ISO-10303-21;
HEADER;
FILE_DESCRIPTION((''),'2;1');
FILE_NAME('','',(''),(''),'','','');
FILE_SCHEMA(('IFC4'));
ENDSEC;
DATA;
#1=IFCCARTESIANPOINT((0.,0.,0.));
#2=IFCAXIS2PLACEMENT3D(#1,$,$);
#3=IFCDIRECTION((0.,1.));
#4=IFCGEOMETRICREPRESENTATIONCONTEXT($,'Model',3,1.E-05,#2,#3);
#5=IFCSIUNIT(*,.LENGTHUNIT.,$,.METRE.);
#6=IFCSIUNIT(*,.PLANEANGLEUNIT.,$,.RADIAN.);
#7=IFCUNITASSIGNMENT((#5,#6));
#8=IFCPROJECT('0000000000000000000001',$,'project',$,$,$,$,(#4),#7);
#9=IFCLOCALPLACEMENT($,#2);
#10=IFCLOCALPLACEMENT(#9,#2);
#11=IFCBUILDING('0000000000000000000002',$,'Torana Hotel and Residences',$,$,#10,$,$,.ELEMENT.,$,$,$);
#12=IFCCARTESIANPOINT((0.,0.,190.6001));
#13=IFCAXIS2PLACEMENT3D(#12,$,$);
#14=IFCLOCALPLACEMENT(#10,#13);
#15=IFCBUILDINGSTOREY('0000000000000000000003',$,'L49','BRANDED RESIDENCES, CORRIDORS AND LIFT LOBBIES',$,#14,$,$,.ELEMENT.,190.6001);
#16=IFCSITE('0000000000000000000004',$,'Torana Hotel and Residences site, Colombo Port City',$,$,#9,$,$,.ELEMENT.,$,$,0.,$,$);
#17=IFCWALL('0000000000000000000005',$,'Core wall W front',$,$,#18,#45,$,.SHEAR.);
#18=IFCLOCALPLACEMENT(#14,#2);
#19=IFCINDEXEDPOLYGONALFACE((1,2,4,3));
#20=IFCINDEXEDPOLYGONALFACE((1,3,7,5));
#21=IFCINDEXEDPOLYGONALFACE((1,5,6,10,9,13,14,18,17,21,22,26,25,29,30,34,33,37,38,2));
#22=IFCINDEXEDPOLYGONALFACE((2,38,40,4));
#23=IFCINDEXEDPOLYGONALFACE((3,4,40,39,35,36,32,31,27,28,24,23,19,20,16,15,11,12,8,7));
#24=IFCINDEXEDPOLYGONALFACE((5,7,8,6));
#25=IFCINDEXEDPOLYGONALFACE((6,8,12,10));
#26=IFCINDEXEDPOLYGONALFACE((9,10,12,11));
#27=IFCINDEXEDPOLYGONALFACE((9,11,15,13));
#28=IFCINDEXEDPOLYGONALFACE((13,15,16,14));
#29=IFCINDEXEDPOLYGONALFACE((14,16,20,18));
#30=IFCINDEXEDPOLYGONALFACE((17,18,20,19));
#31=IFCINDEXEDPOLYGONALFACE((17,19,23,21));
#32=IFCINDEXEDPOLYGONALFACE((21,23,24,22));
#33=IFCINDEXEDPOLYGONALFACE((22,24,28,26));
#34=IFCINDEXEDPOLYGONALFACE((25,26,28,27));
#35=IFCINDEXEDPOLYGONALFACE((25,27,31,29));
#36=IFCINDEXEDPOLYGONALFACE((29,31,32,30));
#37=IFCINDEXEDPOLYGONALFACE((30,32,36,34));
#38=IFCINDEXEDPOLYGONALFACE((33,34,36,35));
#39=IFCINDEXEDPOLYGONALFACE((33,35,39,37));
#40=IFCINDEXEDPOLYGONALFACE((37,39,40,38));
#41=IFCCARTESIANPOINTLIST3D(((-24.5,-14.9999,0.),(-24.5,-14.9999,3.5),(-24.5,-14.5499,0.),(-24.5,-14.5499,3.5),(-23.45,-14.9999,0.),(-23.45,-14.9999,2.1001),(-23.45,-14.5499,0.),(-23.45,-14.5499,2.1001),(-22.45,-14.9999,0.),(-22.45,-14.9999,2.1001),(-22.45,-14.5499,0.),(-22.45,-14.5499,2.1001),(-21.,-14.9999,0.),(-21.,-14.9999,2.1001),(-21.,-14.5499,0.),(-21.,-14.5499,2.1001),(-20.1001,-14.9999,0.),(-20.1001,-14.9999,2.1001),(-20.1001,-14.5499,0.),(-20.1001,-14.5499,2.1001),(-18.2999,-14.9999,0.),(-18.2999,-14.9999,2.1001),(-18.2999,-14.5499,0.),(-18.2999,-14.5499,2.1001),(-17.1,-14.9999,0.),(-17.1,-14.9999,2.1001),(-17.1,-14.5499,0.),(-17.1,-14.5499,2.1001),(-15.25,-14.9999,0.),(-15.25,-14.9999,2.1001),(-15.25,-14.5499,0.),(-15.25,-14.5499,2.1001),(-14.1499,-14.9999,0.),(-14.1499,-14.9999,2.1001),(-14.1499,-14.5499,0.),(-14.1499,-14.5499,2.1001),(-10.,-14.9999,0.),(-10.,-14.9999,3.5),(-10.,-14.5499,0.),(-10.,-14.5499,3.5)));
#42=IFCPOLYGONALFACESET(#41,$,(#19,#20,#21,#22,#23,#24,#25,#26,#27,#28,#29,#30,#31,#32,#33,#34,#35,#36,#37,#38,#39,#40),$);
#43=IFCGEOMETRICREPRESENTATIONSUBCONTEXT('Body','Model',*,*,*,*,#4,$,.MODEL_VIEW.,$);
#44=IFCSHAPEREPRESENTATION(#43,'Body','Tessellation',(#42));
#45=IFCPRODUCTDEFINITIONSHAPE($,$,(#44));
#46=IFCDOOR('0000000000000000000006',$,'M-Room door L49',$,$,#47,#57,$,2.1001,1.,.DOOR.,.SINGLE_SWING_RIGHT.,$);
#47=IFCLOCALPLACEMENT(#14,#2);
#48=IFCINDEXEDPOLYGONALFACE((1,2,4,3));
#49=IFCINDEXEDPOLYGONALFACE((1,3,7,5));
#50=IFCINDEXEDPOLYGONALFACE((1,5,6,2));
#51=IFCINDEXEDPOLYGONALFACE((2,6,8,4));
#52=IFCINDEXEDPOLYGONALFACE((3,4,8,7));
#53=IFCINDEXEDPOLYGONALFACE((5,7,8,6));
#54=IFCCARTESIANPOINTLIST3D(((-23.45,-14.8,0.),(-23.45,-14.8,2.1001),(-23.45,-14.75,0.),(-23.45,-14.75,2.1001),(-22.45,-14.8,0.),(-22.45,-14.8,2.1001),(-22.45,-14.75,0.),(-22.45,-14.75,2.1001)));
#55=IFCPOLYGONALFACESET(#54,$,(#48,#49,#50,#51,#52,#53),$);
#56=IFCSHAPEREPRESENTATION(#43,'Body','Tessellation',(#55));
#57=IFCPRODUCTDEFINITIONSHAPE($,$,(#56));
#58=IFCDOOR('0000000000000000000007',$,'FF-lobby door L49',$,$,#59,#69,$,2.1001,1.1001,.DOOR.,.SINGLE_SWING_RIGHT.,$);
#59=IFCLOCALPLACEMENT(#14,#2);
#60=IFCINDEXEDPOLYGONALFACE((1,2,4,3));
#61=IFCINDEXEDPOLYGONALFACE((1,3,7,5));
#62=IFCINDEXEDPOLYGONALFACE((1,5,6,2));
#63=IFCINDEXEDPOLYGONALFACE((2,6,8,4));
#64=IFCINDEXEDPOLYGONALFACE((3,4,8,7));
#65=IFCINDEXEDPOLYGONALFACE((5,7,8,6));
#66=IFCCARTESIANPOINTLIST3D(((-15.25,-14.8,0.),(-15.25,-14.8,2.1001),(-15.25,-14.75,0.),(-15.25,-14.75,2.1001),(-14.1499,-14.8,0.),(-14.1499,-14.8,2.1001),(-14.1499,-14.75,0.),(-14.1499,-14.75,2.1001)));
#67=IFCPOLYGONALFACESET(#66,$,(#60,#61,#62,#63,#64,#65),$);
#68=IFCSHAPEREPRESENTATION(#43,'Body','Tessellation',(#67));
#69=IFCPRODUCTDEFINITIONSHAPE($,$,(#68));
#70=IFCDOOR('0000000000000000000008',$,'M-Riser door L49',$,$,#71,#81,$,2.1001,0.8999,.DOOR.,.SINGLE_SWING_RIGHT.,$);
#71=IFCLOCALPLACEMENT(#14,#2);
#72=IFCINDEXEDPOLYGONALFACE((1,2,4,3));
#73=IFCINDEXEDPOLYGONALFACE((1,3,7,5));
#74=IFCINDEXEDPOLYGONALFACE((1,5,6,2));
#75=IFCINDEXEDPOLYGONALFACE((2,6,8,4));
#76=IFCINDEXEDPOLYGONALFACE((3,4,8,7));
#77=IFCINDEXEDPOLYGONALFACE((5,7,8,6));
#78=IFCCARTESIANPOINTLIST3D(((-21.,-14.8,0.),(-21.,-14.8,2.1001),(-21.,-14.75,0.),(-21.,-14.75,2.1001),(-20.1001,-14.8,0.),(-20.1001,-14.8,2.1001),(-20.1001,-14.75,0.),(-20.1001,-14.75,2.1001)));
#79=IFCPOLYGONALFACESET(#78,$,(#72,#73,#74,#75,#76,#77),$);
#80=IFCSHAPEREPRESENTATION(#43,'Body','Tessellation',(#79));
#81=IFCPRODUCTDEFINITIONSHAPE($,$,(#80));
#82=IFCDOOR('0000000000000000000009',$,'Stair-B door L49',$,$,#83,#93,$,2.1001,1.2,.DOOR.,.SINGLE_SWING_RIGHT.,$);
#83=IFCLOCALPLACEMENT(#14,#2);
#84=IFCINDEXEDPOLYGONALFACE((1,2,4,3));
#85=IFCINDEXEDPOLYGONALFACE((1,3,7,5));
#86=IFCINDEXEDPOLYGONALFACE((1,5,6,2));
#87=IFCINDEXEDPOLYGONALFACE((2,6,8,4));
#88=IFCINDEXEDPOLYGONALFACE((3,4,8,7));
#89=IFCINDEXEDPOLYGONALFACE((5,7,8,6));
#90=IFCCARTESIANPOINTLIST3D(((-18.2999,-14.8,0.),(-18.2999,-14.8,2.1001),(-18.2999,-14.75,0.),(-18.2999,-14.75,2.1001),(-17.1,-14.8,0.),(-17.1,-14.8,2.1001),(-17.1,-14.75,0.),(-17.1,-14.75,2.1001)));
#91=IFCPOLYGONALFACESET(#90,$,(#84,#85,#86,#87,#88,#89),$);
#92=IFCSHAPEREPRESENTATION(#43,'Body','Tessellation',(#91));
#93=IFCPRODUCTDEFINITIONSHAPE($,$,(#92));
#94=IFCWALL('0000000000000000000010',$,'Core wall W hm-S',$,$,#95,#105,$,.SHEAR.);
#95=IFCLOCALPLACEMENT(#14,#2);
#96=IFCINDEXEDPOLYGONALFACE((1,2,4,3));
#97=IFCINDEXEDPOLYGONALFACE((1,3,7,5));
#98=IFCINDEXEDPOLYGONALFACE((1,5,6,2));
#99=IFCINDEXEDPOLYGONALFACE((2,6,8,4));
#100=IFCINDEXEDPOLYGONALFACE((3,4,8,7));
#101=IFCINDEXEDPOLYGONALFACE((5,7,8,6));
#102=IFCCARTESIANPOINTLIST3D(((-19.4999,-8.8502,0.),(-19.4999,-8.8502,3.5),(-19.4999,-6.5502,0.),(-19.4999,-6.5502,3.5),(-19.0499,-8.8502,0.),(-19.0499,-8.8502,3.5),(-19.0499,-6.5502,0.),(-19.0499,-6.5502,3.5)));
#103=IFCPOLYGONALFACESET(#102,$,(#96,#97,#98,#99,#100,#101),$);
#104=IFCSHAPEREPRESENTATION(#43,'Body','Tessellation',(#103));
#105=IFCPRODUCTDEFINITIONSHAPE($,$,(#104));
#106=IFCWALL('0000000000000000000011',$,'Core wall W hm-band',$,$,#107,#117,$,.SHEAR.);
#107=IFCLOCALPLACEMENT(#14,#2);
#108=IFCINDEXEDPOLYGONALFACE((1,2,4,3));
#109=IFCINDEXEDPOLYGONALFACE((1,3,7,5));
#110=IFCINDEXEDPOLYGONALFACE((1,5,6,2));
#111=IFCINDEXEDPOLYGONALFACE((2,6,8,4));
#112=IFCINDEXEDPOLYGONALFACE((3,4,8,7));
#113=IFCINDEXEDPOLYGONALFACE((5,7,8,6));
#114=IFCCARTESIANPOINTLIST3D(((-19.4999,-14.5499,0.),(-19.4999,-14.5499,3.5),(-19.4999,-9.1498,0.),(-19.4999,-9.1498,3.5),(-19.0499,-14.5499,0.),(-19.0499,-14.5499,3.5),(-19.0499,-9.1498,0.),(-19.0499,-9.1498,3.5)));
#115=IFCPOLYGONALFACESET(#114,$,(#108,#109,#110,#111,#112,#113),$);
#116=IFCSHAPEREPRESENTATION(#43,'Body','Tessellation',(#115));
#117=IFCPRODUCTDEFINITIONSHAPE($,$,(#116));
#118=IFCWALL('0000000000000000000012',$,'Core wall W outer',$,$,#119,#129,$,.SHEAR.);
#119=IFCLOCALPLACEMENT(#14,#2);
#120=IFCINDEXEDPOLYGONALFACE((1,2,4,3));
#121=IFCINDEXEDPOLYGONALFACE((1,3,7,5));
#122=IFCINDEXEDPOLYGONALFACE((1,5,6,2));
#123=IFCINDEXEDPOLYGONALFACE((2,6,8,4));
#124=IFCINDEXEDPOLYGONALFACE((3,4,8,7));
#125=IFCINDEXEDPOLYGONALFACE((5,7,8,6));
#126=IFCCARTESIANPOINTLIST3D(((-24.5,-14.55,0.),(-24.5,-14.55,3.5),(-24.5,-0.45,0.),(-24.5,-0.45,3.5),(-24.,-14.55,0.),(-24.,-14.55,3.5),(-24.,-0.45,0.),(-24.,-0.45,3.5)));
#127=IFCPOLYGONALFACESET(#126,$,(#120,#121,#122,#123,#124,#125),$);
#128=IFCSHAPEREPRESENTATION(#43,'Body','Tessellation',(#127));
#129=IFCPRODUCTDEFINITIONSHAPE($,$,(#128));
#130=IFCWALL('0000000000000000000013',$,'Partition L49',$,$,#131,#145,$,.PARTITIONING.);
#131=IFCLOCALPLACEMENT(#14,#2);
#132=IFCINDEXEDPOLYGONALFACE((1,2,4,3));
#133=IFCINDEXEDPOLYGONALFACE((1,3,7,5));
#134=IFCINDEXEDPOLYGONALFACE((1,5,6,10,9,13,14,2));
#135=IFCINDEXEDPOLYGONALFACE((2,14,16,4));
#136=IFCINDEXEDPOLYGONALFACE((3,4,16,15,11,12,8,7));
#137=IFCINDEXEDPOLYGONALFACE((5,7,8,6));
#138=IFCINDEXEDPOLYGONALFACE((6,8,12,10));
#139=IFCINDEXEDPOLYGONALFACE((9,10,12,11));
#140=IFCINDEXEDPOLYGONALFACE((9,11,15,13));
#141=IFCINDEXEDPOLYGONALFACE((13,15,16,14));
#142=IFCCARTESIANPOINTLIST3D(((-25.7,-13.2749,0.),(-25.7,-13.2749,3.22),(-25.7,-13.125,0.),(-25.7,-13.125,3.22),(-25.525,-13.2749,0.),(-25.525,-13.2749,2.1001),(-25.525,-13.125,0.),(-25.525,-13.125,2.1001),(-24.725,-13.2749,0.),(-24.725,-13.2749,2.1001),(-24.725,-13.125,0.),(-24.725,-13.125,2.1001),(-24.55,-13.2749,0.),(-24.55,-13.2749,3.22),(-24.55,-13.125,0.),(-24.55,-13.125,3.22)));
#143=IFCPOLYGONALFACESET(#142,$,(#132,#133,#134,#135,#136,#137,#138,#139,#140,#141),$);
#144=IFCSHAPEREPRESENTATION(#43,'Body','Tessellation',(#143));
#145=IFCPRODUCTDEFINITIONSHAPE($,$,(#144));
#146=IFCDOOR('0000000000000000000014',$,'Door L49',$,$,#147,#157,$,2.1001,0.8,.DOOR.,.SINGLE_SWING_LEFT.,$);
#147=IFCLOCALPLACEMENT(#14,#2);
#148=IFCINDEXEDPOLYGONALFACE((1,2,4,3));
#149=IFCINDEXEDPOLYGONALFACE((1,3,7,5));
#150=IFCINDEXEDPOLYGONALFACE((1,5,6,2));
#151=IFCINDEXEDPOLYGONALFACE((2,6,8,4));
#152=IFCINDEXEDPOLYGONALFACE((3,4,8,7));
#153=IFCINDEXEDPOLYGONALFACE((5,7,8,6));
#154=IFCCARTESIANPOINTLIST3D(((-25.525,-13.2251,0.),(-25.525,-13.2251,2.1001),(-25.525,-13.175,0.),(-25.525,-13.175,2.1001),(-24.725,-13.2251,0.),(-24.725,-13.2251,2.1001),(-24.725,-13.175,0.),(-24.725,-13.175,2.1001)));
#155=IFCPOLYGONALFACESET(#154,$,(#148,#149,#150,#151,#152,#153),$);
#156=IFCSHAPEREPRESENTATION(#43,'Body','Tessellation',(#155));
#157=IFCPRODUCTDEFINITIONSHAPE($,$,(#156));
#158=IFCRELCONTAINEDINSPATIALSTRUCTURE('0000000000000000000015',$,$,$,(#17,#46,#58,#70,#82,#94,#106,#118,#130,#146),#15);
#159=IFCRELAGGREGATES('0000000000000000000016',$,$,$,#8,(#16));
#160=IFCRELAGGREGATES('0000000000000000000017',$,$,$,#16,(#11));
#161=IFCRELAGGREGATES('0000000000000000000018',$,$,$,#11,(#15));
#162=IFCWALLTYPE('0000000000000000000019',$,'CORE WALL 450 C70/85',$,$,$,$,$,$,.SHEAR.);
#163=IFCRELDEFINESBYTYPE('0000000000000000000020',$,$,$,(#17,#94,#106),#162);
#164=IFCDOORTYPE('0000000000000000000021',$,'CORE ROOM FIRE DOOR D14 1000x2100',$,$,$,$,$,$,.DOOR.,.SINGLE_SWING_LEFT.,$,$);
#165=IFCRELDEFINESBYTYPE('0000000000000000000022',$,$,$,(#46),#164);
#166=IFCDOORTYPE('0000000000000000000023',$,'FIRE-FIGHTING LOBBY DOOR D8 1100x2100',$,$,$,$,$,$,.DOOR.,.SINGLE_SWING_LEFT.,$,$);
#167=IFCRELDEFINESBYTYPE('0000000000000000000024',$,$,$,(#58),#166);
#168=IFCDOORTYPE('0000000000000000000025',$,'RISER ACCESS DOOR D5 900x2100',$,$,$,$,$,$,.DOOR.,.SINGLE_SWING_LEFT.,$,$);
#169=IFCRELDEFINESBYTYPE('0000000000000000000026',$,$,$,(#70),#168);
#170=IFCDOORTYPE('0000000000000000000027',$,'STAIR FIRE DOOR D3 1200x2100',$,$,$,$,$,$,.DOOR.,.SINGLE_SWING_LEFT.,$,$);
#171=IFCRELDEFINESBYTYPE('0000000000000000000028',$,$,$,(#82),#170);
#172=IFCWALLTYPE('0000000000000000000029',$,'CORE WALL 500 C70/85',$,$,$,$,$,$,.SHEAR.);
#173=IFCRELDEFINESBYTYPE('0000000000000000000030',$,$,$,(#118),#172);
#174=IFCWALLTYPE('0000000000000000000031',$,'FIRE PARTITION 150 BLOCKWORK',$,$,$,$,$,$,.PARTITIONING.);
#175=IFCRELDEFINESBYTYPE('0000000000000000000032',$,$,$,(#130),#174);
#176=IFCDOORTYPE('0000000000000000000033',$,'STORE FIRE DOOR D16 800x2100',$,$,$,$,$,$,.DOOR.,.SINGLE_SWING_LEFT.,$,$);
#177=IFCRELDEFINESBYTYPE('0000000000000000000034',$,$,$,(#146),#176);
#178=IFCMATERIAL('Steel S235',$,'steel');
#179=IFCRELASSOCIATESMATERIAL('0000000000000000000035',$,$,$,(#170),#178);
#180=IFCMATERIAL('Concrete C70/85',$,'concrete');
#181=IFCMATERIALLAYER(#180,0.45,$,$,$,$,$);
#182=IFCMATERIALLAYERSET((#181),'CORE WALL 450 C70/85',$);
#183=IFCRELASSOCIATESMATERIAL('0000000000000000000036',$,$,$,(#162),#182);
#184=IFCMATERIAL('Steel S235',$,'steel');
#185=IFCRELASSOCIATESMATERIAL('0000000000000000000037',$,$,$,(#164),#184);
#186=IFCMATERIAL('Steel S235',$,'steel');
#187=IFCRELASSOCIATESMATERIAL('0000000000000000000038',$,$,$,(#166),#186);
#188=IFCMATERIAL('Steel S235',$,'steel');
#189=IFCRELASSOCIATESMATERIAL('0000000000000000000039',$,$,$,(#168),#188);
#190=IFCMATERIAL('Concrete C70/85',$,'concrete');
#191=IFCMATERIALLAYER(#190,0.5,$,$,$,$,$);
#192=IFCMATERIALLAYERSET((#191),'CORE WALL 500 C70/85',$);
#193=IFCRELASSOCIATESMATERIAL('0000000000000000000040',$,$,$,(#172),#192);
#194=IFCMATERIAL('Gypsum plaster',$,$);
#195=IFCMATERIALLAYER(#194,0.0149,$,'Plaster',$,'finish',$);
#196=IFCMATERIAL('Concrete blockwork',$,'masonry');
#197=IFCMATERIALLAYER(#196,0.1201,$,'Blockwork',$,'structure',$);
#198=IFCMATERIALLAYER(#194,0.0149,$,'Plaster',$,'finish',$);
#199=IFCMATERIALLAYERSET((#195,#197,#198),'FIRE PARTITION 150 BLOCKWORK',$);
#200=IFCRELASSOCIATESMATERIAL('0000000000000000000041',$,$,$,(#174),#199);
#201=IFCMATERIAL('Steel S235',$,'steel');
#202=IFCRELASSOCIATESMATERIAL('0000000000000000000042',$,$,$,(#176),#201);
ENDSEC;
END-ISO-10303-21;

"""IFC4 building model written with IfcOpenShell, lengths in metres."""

from ifc_helpers import new_model, si_unit, direction, frame, frame_2d, origin, place, context, subcontext, project, spatial, rectangle, extrude, material, layer, layer_set, type_object, element, fill, save


model = new_model("IFC4")

# Units and contexts
model_context = context("Model", 3, precision=1e-05, world=origin(), true_north=direction((0.0, 1.0)))
body_context = subcontext(model_context, "Body", "Model", "MODEL_VIEW")
ifc_project = project(units=[si_unit("LENGTHUNIT", "METRE"), si_unit("PLANEANGLEUNIT", "RADIAN")], contexts=[model_context])

# Site, building, storey
site_placement = place(None, origin())
site = spatial("IfcSite", under=ifc_project, at=site_placement, Name="Torana Hotel and Residences site, Colombo Port City", CompositionType="ELEMENT", RefElevation=0.0)
building_placement = place(site_placement, origin())
building = spatial("IfcBuilding", under=site, at=building_placement, Name="Torana Hotel and Residences", CompositionType="ELEMENT")
storey_placement = place(building_placement, frame((0.0, 0.0, 190.6001)))
storey = spatial("IfcBuildingStorey", under=building, at=storey_placement, Name="L49", Description="BRANDED RESIDENCES, CORRIDORS AND LIFT LOBBIES", CompositionType="ELEMENT", Elevation=190.6001)

# Shared definitions
ifc_material_1 = material(Name="Steel S235", Category="steel")
door_type_1 = type_object("IfcDoorType", Name="STAIR FIRE DOOR D3 1200x2100", OperationType="SINGLE_SWING_LEFT", PredefinedType="DOOR", material=ifc_material_1)

# Wall, openings, doors
ifc_material_2 = material(Name="Concrete C70/85", Category="concrete")
ifc_layer_1 = layer(ifc_material_2, 0.45)
ifc_layer_set_1 = layer_set([ifc_layer_1], Name="CORE WALL 450 C70/85")
wall_type_1 = type_object("IfcWallType", Name="CORE WALL 450 C70/85", PredefinedType="SHEAR", material=ifc_layer_set_1)
wall_1_placement = place(storey_placement, frame((-24.5, -14.7749, 0.0), z_axis=(0.0, 0.0, 1.0), x_axis=(1.0, 0.0, 0.0)))
wall_1 = element("IfcWall", 1, at=wall_1_placement, inside=storey, type_object=wall_type_1, Name="Core wall W front", PredefinedType="SHEAR", context=body_context, shape_type="SweptSolid", body=[
    extrude(rectangle(XDim=14.5, YDim=0.45, at=frame_2d((7.25, 0.0))), origin(), (0.0, 0.0, 1.0), 3.5),
])
opening_1_placement = place(wall_1_placement, frame((6.2, 0.0, 0.0)))
opening_1 = element("IfcOpeningElement", 2, at=opening_1_placement, cuts=wall_1, PredefinedType="OPENING", context=body_context, shape_type="SweptSolid", body=[
    extrude(rectangle(XDim=1.2, YDim=2.1001, at=frame_2d((0.6001, 1.05))), frame((0.0, 0.2349, 0.0), z_axis=(0.0, -1.0, 0.0), x_axis=(1.0, 0.0, 0.0)), (0.0, 0.0, 1.0), 0.47),
])
opening_2_placement = place(wall_1_placement, frame((9.25, 0.0, 0.0)))
opening_2 = element("IfcOpeningElement", 3, at=opening_2_placement, cuts=wall_1, PredefinedType="OPENING", context=body_context, shape_type="SweptSolid", body=[
    extrude(rectangle(XDim=1.1001, YDim=2.1001, at=frame_2d((0.55, 1.05))), frame((0.0, 0.2349, 0.0), z_axis=(0.0, -1.0, 0.0), x_axis=(1.0, 0.0, 0.0)), (0.0, 0.0, 1.0), 0.47),
])
opening_3_placement = place(wall_1_placement, frame((3.5, 0.0, 0.0)))
opening_3 = element("IfcOpeningElement", 4, at=opening_3_placement, cuts=wall_1, PredefinedType="OPENING", context=body_context, shape_type="SweptSolid", body=[
    extrude(rectangle(XDim=0.8999, YDim=2.1001, at=frame_2d((0.45, 1.05))), frame((0.0, 0.2349, 0.0), z_axis=(0.0, -1.0, 0.0), x_axis=(1.0, 0.0, 0.0)), (0.0, 0.0, 1.0), 0.47),
])
opening_4_placement = place(wall_1_placement, frame((1.05, 0.0, 0.0)))
opening_4 = element("IfcOpeningElement", 5, at=opening_4_placement, cuts=wall_1, PredefinedType="OPENING", context=body_context, shape_type="SweptSolid", body=[
    extrude(rectangle(XDim=1.0, YDim=2.1001, at=frame_2d((0.5, 1.05))), frame((0.0, 0.2349, 0.0), z_axis=(0.0, -1.0, 0.0), x_axis=(1.0, 0.0, 0.0)), (0.0, 0.0, 1.0), 0.47),
])
ifc_material_3 = material(Name="Steel S235", Category="steel")
door_type_2 = type_object("IfcDoorType", Name="CORE ROOM FIRE DOOR D14 1000x2100", OperationType="SINGLE_SWING_LEFT", PredefinedType="DOOR", material=ifc_material_3)
door_1_placement = place(opening_4_placement, origin())
door_1 = element("IfcDoor", 6, at=door_1_placement, inside=storey, type_object=door_type_2, Name="M-Room door L49", OperationType="SINGLE_SWING_RIGHT", OverallHeight=2.1001, OverallWidth=1.0, PredefinedType="DOOR", context=body_context, shape_type="SweptSolid", body=[
    extrude(rectangle(XDim=1.0, YDim=2.1001, at=frame_2d((0.5, 1.05))), frame((0.0, 0.0249, 0.0), z_axis=(0.0, -1.0, 0.0), x_axis=(1.0, 0.0, 0.0)), (0.0, 0.0, 1.0), 0.05),
])
fill(opening_4, door_1)
ifc_material_4 = material(Name="Steel S235", Category="steel")
door_type_3 = type_object("IfcDoorType", Name="FIRE-FIGHTING LOBBY DOOR D8 1100x2100", OperationType="SINGLE_SWING_LEFT", PredefinedType="DOOR", material=ifc_material_4)
door_2_placement = place(opening_2_placement, origin())
door_2 = element("IfcDoor", 7, at=door_2_placement, inside=storey, type_object=door_type_3, Name="FF-lobby door L49", OperationType="SINGLE_SWING_RIGHT", OverallHeight=2.1001, OverallWidth=1.1001, PredefinedType="DOOR", context=body_context, shape_type="SweptSolid", body=[
    extrude(rectangle(XDim=1.1001, YDim=2.1001, at=frame_2d((0.55, 1.05))), frame((0.0, 0.0249, 0.0), z_axis=(0.0, -1.0, 0.0), x_axis=(1.0, 0.0, 0.0)), (0.0, 0.0, 1.0), 0.05),
])
fill(opening_2, door_2)
ifc_material_5 = material(Name="Steel S235", Category="steel")
door_type_4 = type_object("IfcDoorType", Name="RISER ACCESS DOOR D5 900x2100", OperationType="SINGLE_SWING_LEFT", PredefinedType="DOOR", material=ifc_material_5)
door_3_placement = place(opening_3_placement, origin())
door_3 = element("IfcDoor", 8, at=door_3_placement, inside=storey, type_object=door_type_4, Name="M-Riser door L49", OperationType="SINGLE_SWING_RIGHT", OverallHeight=2.1001, OverallWidth=0.8999, PredefinedType="DOOR", context=body_context, shape_type="SweptSolid", body=[
    extrude(rectangle(XDim=0.8999, YDim=2.1001, at=frame_2d((0.45, 1.05))), frame((0.0, 0.0249, 0.0), z_axis=(0.0, -1.0, 0.0), x_axis=(1.0, 0.0, 0.0)), (0.0, 0.0, 1.0), 0.05),
])
fill(opening_3, door_3)
door_4_placement = place(opening_1_placement, origin())
door_4 = element("IfcDoor", 9, at=door_4_placement, inside=storey, type_object=door_type_1, Name="Stair-B door L49", OperationType="SINGLE_SWING_RIGHT", OverallHeight=2.1001, OverallWidth=1.2, PredefinedType="DOOR", context=body_context, shape_type="SweptSolid", body=[
    extrude(rectangle(XDim=1.2, YDim=2.1001, at=frame_2d((0.6001, 1.05))), frame((0.0, 0.0249, 0.0), z_axis=(0.0, -1.0, 0.0), x_axis=(1.0, 0.0, 0.0)), (0.0, 0.0, 1.0), 0.05),
])
fill(opening_1, door_4)

# Walls
wall_2_placement = place(storey_placement, frame((-19.2749, -8.8501, 0.0), z_axis=(0.0, 0.0, 1.0), x_axis=(0.0, 1.0, 0.0)))
element("IfcWall", 10, at=wall_2_placement, inside=storey, type_object=wall_type_1, Name="Core wall W hm-S", PredefinedType="SHEAR", context=body_context, shape_type="SweptSolid", body=[
    extrude(rectangle(XDim=2.3, YDim=0.45, at=frame_2d((1.1499, 0.0))), origin(), (0.0, 0.0, 1.0), 3.5),
])
wall_3_placement = place(storey_placement, frame((-19.2749, -14.55, 0.0), z_axis=(0.0, 0.0, 1.0), x_axis=(0.0, 1.0, 0.0)))
element("IfcWall", 11, at=wall_3_placement, inside=storey, type_object=wall_type_1, Name="Core wall W hm-band", PredefinedType="SHEAR", context=body_context, shape_type="SweptSolid", body=[
    extrude(rectangle(XDim=5.4001, YDim=0.45, at=frame_2d((2.7002, 0.0))), origin(), (0.0, 0.0, 1.0), 3.5),
])
ifc_material_6 = material(Name="Concrete C70/85", Category="concrete")
ifc_layer_2 = layer(ifc_material_6, 0.5)
ifc_layer_set_2 = layer_set([ifc_layer_2], Name="CORE WALL 500 C70/85")
wall_type_2 = type_object("IfcWallType", Name="CORE WALL 500 C70/85", PredefinedType="SHEAR", material=ifc_layer_set_2)
wall_4_placement = place(storey_placement, frame((-24.25, -14.55, 0.0), z_axis=(0.0, 0.0, 1.0), x_axis=(0.0, 1.0, 0.0)))
element("IfcWall", 12, at=wall_4_placement, inside=storey, type_object=wall_type_2, Name="Core wall W outer", PredefinedType="SHEAR", context=body_context, shape_type="SweptSolid", body=[
    extrude(rectangle(XDim=14.1001, YDim=0.5, at=frame_2d((7.05, 0.0))), origin(), (0.0, 0.0, 1.0), 3.5),
])

# Wall, opening, door
ifc_material_7 = material(Name="Gypsum plaster")
ifc_layer_3 = layer(ifc_material_7, 0.0149, Name="Plaster", Category="finish")
ifc_material_8 = material(Name="Concrete blockwork", Category="masonry")
ifc_layer_4 = layer(ifc_material_8, 0.1201, Name="Blockwork", Category="structure")
ifc_layer_5 = layer(ifc_material_7, 0.0149, Name="Plaster", Category="finish")
ifc_layer_set_3 = layer_set([ifc_layer_3, ifc_layer_4, ifc_layer_5], Name="FIRE PARTITION 150 BLOCKWORK")
wall_type_3 = type_object("IfcWallType", Name="FIRE PARTITION 150 BLOCKWORK", PredefinedType="PARTITIONING", material=ifc_layer_set_3)
wall_5_placement = place(storey_placement, frame((-25.7, -13.2, 0.0), z_axis=(0.0, 0.0, 1.0), x_axis=(1.0, 0.0, 0.0)))
wall_5 = element("IfcWall", 13, at=wall_5_placement, inside=storey, type_object=wall_type_3, Name="Partition L49", PredefinedType="PARTITIONING", context=body_context, shape_type="SweptSolid", body=[
    extrude(rectangle(XDim=1.1499, YDim=0.1499, at=frame_2d((0.575, 0.0))), origin(), (0.0, 0.0, 1.0), 3.22),
])
opening_5_placement = place(wall_5_placement, frame((0.175, 0.0, 0.0)))
opening_5 = element("IfcOpeningElement", 14, at=opening_5_placement, cuts=wall_5, PredefinedType="OPENING", context=body_context, shape_type="SweptSolid", body=[
    extrude(rectangle(XDim=0.8, YDim=2.1001, at=frame_2d((0.3999, 1.05))), frame((0.0, 0.085, 0.0), z_axis=(0.0, -1.0, 0.0), x_axis=(1.0, 0.0, 0.0)), (0.0, 0.0, 1.0), 0.1699),
])
ifc_material_9 = material(Name="Steel S235", Category="steel")
door_type_5 = type_object("IfcDoorType", Name="STORE FIRE DOOR D16 800x2100", OperationType="SINGLE_SWING_LEFT", PredefinedType="DOOR", material=ifc_material_9)
door_5_placement = place(opening_5_placement, origin())
door_5 = element("IfcDoor", 15, at=door_5_placement, inside=storey, type_object=door_type_5, Name="Door L49", OperationType="SINGLE_SWING_LEFT", OverallHeight=2.1001, OverallWidth=0.8, PredefinedType="DOOR", context=body_context, shape_type="SweptSolid", body=[
    extrude(rectangle(XDim=0.8, YDim=2.1001, at=frame_2d((0.3999, 1.05))), frame((0.0, 0.0249, 0.0), z_axis=(0.0, -1.0, 0.0), x_axis=(1.0, 0.0, 0.0)), (0.0, 0.0, 1.0), 0.05),
])
fill(opening_5, door_5)

save(model, "model.ifc")
